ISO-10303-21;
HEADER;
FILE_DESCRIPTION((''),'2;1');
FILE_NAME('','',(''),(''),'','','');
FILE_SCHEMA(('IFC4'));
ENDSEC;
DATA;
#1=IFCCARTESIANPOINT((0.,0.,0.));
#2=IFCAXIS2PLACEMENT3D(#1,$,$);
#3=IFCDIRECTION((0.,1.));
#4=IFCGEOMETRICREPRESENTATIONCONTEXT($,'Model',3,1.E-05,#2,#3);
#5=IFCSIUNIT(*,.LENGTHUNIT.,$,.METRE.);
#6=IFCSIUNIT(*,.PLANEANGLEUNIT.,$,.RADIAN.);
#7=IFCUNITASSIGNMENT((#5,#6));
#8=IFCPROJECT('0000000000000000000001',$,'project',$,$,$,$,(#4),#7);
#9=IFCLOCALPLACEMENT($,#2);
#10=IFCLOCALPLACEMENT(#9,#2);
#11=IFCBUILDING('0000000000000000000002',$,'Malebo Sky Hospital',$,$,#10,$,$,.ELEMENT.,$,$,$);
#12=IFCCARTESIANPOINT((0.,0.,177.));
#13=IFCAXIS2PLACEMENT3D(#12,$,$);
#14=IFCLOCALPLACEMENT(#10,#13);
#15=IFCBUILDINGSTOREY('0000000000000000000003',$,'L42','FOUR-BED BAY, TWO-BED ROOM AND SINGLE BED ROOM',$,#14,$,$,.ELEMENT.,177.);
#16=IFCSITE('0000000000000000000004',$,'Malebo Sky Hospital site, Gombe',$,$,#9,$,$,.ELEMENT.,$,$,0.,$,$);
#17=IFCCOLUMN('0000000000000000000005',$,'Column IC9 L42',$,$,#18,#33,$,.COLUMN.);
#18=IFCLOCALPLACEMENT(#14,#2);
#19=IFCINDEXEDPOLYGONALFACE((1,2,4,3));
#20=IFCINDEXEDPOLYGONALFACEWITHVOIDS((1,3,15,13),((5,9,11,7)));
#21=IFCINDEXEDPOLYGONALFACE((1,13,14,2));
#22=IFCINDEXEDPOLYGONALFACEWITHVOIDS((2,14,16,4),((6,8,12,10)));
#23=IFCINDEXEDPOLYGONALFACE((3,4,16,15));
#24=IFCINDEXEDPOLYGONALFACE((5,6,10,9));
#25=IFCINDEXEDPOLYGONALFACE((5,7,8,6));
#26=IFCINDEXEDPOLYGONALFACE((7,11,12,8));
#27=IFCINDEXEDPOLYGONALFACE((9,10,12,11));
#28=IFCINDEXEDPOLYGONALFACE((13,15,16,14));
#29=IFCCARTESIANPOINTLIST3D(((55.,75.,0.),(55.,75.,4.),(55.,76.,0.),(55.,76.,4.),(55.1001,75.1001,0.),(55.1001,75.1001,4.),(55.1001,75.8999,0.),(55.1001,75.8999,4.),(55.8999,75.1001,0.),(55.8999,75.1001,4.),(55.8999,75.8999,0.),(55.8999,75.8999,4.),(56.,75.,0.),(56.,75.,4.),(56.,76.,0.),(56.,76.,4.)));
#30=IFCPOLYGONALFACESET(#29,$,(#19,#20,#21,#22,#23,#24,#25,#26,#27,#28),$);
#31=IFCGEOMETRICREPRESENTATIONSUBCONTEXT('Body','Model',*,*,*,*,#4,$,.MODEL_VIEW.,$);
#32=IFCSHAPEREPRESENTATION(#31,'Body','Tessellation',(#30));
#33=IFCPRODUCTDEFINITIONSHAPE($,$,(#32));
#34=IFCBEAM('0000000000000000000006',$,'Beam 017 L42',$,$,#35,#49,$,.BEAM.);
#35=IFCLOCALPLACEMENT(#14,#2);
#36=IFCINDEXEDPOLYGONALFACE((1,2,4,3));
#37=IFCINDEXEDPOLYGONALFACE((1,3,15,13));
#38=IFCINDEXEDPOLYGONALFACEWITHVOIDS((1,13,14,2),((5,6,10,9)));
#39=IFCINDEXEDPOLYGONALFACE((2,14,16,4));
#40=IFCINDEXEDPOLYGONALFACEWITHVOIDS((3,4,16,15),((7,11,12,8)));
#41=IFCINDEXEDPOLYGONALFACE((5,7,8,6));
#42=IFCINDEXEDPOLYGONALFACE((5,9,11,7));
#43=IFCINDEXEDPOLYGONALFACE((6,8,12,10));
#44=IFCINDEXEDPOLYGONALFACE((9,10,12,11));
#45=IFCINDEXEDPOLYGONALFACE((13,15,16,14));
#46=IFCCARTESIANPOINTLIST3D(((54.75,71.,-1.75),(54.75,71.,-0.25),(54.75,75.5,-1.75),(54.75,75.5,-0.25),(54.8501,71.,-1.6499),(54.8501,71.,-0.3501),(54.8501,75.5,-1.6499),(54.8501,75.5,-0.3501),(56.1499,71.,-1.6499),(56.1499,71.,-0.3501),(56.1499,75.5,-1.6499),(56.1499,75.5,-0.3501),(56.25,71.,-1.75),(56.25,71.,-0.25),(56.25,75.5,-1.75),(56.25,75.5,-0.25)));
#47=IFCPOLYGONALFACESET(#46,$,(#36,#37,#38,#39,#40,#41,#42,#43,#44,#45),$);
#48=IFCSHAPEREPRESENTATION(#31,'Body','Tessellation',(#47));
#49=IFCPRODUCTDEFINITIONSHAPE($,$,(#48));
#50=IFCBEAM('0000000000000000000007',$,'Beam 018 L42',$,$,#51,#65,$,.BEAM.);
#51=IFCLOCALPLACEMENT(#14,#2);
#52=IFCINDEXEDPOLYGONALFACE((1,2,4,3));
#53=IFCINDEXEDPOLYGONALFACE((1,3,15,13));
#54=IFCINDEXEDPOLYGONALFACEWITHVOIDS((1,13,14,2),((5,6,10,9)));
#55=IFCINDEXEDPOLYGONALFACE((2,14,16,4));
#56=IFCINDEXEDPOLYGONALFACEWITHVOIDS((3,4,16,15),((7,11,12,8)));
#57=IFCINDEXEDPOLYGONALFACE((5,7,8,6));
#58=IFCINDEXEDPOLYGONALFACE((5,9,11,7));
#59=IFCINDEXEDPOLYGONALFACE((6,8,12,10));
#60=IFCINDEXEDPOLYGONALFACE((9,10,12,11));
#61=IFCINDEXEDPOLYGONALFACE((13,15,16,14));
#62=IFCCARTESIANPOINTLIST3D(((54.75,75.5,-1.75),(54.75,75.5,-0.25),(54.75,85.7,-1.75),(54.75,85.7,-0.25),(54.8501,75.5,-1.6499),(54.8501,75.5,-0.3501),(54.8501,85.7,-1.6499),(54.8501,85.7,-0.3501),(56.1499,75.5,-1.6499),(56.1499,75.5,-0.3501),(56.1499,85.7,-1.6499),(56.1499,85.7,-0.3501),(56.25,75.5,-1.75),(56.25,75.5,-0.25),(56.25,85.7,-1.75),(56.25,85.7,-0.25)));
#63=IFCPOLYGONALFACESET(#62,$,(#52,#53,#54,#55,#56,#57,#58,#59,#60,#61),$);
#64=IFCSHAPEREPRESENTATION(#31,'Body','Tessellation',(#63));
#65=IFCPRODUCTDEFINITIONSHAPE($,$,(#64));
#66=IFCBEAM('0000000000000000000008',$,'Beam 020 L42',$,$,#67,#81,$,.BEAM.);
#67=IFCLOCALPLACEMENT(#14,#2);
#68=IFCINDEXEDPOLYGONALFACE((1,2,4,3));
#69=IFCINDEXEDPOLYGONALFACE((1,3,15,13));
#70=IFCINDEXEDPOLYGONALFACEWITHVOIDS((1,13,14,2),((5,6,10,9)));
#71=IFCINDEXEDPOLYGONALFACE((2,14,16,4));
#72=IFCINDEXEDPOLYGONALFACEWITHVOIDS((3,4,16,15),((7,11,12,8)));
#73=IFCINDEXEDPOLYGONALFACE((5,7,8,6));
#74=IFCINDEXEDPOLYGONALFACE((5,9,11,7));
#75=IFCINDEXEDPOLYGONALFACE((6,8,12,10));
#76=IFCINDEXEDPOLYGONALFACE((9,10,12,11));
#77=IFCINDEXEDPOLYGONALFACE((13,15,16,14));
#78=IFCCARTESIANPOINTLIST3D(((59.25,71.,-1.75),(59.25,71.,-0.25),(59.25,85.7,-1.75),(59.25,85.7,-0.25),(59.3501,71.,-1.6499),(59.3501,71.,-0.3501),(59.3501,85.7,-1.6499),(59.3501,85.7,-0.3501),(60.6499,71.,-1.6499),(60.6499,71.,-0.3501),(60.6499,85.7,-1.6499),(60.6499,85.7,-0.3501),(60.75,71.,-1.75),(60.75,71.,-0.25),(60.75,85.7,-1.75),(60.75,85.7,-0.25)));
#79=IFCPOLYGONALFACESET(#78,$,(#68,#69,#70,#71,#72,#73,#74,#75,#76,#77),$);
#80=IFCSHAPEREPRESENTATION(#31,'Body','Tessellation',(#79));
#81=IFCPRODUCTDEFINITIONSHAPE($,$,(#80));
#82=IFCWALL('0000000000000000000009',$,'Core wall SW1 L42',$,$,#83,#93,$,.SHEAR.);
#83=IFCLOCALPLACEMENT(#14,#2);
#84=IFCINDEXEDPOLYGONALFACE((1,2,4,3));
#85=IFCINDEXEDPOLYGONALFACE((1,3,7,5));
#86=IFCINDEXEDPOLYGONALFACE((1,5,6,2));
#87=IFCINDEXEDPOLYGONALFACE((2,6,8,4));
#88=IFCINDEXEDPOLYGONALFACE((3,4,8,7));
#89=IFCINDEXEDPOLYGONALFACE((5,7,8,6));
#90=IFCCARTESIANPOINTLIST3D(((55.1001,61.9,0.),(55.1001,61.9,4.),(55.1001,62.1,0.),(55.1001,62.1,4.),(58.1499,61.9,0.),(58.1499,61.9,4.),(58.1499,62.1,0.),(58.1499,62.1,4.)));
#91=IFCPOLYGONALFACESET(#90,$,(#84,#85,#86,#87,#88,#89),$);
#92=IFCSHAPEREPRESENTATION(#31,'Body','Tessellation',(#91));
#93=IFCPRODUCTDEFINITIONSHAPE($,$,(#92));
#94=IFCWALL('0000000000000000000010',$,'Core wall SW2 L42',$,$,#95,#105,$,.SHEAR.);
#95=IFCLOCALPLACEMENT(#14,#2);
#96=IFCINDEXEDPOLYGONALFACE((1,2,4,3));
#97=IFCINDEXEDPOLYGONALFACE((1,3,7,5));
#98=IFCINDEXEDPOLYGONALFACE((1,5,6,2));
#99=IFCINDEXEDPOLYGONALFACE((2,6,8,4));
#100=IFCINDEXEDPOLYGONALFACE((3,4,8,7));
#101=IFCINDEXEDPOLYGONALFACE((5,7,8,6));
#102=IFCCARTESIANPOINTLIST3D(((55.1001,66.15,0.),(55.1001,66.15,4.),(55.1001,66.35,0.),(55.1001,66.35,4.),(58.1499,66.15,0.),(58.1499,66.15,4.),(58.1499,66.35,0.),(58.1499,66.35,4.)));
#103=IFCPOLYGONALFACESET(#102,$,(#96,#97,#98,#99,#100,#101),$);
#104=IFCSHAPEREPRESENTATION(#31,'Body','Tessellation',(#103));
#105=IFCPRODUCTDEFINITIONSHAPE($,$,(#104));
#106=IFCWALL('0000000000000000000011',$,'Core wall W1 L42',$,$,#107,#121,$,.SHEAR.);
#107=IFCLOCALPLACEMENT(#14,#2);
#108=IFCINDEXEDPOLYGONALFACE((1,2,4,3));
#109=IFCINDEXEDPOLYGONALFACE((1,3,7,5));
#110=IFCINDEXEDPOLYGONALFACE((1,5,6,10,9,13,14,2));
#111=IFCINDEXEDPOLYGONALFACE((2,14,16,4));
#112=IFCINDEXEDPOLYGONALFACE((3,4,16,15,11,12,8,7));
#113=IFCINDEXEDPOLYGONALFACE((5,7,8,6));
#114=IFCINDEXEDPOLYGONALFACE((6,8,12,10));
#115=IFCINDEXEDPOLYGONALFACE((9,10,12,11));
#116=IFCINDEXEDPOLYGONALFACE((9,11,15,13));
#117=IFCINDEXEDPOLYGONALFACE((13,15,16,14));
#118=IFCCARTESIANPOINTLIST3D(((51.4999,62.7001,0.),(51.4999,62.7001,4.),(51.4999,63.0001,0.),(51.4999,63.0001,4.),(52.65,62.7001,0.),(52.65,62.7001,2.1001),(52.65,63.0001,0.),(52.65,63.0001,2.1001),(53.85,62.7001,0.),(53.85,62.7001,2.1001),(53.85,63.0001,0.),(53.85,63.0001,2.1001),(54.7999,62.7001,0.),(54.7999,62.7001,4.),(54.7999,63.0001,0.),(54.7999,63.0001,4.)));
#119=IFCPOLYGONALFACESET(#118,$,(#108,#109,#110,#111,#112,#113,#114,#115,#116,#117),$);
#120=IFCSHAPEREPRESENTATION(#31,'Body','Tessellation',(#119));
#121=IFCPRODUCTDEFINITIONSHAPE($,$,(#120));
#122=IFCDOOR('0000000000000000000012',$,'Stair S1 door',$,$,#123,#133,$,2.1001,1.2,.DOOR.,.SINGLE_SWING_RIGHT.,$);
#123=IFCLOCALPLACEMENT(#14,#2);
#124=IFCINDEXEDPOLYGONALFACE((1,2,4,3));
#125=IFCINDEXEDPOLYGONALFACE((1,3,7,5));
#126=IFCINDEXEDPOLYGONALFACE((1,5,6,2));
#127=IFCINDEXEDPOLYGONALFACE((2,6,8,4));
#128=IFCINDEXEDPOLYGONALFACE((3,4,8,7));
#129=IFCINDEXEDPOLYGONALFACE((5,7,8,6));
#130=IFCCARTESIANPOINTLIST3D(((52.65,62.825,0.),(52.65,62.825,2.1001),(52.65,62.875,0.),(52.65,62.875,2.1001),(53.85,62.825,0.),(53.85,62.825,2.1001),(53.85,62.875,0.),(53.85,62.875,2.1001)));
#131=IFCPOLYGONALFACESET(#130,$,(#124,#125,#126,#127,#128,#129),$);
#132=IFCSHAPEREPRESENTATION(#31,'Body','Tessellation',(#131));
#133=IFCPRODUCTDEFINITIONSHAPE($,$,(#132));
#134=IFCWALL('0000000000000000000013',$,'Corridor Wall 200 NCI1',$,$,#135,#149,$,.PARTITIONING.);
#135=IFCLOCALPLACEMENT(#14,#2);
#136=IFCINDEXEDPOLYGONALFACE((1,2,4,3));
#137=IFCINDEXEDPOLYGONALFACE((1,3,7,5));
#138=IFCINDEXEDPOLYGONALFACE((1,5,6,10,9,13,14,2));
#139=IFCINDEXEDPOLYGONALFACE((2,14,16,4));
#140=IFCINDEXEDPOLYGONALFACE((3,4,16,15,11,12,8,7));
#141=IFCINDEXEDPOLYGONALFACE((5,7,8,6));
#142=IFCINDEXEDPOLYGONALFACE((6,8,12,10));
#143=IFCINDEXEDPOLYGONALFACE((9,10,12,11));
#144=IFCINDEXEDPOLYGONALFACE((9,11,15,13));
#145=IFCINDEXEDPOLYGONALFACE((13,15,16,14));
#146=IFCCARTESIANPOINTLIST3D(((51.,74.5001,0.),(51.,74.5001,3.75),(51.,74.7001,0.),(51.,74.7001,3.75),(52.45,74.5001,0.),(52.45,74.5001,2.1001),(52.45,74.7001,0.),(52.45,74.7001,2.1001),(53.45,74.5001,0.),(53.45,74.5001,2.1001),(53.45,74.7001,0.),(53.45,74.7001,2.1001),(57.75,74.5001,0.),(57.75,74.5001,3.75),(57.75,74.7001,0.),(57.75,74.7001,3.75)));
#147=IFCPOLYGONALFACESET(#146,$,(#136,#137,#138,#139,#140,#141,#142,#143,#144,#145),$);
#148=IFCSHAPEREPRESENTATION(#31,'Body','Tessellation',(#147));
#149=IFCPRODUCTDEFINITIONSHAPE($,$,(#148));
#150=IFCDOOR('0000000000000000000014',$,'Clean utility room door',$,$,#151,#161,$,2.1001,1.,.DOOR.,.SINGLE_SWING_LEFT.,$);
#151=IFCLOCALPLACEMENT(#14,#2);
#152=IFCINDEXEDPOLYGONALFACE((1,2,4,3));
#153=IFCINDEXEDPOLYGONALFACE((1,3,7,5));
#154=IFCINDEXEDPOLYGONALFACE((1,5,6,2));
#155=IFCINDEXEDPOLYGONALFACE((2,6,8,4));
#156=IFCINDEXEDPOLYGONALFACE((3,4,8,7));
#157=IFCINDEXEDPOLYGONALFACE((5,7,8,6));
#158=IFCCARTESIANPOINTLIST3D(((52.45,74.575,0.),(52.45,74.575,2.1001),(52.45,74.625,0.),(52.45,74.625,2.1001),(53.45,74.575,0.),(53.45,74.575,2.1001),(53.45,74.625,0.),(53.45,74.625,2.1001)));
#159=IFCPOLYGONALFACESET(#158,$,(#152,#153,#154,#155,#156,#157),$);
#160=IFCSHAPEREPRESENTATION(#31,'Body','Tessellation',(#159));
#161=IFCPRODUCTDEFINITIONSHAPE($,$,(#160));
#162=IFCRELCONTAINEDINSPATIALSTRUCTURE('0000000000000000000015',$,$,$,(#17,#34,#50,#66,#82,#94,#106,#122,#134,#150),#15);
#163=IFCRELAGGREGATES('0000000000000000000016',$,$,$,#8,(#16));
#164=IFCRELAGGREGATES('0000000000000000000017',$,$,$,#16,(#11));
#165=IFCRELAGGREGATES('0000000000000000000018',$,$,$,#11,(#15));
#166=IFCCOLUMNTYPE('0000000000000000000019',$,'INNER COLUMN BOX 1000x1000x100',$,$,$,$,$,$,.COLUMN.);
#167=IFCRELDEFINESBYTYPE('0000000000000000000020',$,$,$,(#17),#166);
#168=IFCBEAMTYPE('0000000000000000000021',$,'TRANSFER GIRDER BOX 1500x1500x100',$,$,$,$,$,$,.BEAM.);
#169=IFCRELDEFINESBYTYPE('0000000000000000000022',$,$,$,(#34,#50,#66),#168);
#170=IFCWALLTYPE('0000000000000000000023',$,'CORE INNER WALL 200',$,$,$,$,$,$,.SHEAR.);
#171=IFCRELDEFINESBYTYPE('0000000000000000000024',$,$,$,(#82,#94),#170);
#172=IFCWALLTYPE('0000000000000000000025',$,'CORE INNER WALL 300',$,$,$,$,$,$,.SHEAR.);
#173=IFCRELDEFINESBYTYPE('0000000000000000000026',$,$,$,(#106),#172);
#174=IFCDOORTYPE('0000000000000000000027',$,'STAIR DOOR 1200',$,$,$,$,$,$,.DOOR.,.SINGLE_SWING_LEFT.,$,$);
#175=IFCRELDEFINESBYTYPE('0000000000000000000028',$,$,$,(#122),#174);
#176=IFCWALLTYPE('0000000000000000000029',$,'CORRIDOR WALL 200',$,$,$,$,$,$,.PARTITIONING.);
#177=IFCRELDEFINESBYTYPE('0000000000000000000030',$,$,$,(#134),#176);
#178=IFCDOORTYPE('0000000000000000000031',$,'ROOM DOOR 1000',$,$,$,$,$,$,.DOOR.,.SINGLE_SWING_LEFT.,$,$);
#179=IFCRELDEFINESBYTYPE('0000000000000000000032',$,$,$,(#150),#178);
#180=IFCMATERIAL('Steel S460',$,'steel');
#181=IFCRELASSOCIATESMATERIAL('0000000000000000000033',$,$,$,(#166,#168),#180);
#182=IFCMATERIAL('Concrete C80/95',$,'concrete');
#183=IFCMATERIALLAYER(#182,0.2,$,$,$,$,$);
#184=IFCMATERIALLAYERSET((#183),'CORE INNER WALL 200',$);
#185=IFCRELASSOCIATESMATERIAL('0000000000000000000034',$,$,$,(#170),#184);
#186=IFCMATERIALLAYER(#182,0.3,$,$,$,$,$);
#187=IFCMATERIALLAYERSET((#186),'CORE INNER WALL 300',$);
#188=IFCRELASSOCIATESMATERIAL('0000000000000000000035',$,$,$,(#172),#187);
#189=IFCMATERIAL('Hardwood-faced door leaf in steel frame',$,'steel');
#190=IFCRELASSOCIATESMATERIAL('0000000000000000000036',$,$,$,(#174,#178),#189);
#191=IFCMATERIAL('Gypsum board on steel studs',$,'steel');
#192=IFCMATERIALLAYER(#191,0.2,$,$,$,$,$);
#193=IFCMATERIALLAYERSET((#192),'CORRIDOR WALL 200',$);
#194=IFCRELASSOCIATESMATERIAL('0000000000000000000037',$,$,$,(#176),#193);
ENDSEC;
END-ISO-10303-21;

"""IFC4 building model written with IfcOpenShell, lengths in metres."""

from ifc_helpers import new_model, si_unit, direction, frame, frame_2d, origin, origin_2d, place, context, subcontext, project, spatial, rectangle, hollow_rectangle, extrude, material, layer, layer_set, material_profile, profile_set, type_object, element, fill, save


model = new_model("IFC4")

# Units and contexts
model_context = context("Model", 3, precision=1e-05, world=origin(), true_north=direction((0.0, 1.0)))
body_context = subcontext(model_context, "Body", "Model", "MODEL_VIEW")
ifc_project = project(units=[si_unit("LENGTHUNIT", "METRE"), si_unit("PLANEANGLEUNIT", "RADIAN")], contexts=[model_context])

# Site, building, storey
site_placement = place(None, origin())
site = spatial("IfcSite", under=ifc_project, at=site_placement, Name="Malebo Sky Hospital site, Gombe", CompositionType="ELEMENT", RefElevation=0.0)
building_placement = place(site_placement, origin())
building = spatial("IfcBuilding", under=site, at=building_placement, Name="Malebo Sky Hospital", CompositionType="ELEMENT")
storey_placement = place(building_placement, frame((0.0, 0.0, 177.0)))
storey = spatial("IfcBuildingStorey", under=building, at=storey_placement, Name="L42", Description="FOUR-BED BAY, TWO-BED ROOM AND SINGLE BED ROOM", CompositionType="ELEMENT", Elevation=177.0)

# Column
ifc_material_1 = material(Name="Steel S460", Category="steel")
ifc_material_profile_1 = material_profile(ifc_material_1, hollow_rectangle(XDim=1.0, YDim=1.0, WallThickness=0.1001, at=origin_2d()), Name="BOX 1000x1000x100")
ifc_profile_set_1 = profile_set([ifc_material_profile_1], Name="Steel S460")
column_type = type_object("IfcColumnType", Name="INNER COLUMN BOX 1000x1000x100", PredefinedType="COLUMN", material=ifc_profile_set_1)
column_placement = place(storey_placement, frame((55.5, 75.5, 0.0), z_axis=(0.0, 0.0, 1.0), x_axis=(1.0, 0.0, 0.0)))
element("IfcColumn", 1, at=column_placement, inside=storey, type_object=column_type, Name="Column IC9 L42", PredefinedType="COLUMN", context=body_context, shape_type="SweptSolid", body=[
    extrude(hollow_rectangle(XDim=1.0, YDim=1.0, WallThickness=0.1001, at=origin_2d()), origin(), (0.0, 0.0, 1.0), 4.0),
])

# Beams
ifc_material_profile_2 = material_profile(ifc_material_1, hollow_rectangle(XDim=1.5, YDim=1.5, WallThickness=0.1001, at=origin_2d()), Name="BOX 1500x1500x100")
ifc_profile_set_2 = profile_set([ifc_material_profile_2], Name="Steel S460")
beam_type = type_object("IfcBeamType", Name="TRANSFER GIRDER BOX 1500x1500x100", PredefinedType="BEAM", material=ifc_profile_set_2)
beam_1_placement = place(storey_placement, frame((55.5, 71.0, -1.0), z_axis=(0.0, 1.0, 0.0), x_axis=(-1.0, 0.0, 0.0)))
element("IfcBeam", 2, at=beam_1_placement, inside=storey, type_object=beam_type, Name="Beam 017 L42", PredefinedType="BEAM", context=body_context, shape_type="SweptSolid", body=[
    extrude(hollow_rectangle(XDim=1.5, YDim=1.5, WallThickness=0.1001, at=origin_2d()), origin(), (0.0, 0.0, 1.0), 4.5),
])
beam_2_placement = place(storey_placement, frame((55.5, 75.5, -1.0), z_axis=(0.0, 1.0, 0.0), x_axis=(-1.0, 0.0, 0.0)))
element("IfcBeam", 3, at=beam_2_placement, inside=storey, type_object=beam_type, Name="Beam 018 L42", PredefinedType="BEAM", context=body_context, shape_type="SweptSolid", body=[
    extrude(hollow_rectangle(XDim=1.5, YDim=1.5, WallThickness=0.1001, at=origin_2d()), origin(), (0.0, 0.0, 1.0), 10.2),
])
beam_3_placement = place(storey_placement, frame((60.0, 71.0, -1.0), z_axis=(0.0, 1.0, 0.0), x_axis=(-1.0, 0.0, 0.0)))
element("IfcBeam", 4, at=beam_3_placement, inside=storey, type_object=beam_type, Name="Beam 020 L42", PredefinedType="BEAM", context=body_context, shape_type="SweptSolid", body=[
    extrude(hollow_rectangle(XDim=1.5, YDim=1.5, WallThickness=0.1001, at=origin_2d()), origin(), (0.0, 0.0, 1.0), 14.7),
])

# Walls
ifc_material_2 = material(Name="Concrete C80/95", Category="concrete")
ifc_layer_1 = layer(ifc_material_2, 0.2)
ifc_layer_set_1 = layer_set([ifc_layer_1], Name="CORE INNER WALL 200")
wall_type_1 = type_object("IfcWallType", Name="CORE INNER WALL 200", PredefinedType="SHEAR", material=ifc_layer_set_1)
for number, where, z_axis, x_axis, name in (
    (5, (55.1001, 62.0, 0.0), (0.0, 0.0, 1.0), (1.0, 0.0, 0.0), "Core wall SW1 L42"),
    (6, (55.1001, 66.25, 0.0), (0.0, 0.0, 1.0), (1.0, 0.0, 0.0), "Core wall SW2 L42"),
):
    element("IfcWall", number, at=place(storey_placement, frame(where, z_axis=z_axis, x_axis=x_axis)), inside=storey, type_object=wall_type_1, Name=name, PredefinedType="SHEAR", context=body_context, shape_type="SweptSolid", body=[
        extrude(rectangle(XDim=3.0498, YDim=0.2, at=frame_2d((1.5249, 0.0))), origin(), (0.0, 0.0, 1.0), 4.0),
    ])

# Walls, openings, doors
ifc_layer_2 = layer(ifc_material_2, 0.3)
ifc_layer_set_2 = layer_set([ifc_layer_2], Name="CORE INNER WALL 300")
wall_type_2 = type_object("IfcWallType", Name="CORE INNER WALL 300", PredefinedType="SHEAR", material=ifc_layer_set_2)
wall_1_placement = place(storey_placement, frame((51.5, 62.8501, 0.0), z_axis=(0.0, 0.0, 1.0), x_axis=(1.0, 0.0, 0.0)))
wall_1 = element("IfcWall", 7, at=wall_1_placement, inside=storey, type_object=wall_type_2, Name="Core wall W1 L42", PredefinedType="SHEAR", context=body_context, shape_type="SweptSolid", body=[
    extrude(rectangle(XDim=3.3, YDim=0.3, at=frame_2d((1.6499, 0.0))), origin(), (0.0, 0.0, 1.0), 4.0),
])
opening_1_placement = place(wall_1_placement, frame((1.1499, 0.0, 0.0)))
opening_1 = element("IfcOpeningElement", 8, at=opening_1_placement, cuts=wall_1, PredefinedType="OPENING", context=body_context, shape_type="SweptSolid", body=[
    extrude(rectangle(XDim=1.2, YDim=2.1001, at=frame_2d((0.6001, 1.05))), frame((0.0, 0.1599, 0.0), z_axis=(0.0, -1.0, 0.0), x_axis=(1.0, 0.0, 0.0)), (0.0, 0.0, 1.0), 0.3201),
])
ifc_material_3 = material(Name="Hardwood-faced door leaf in steel frame", Category="steel")
door_type_1 = type_object("IfcDoorType", Name="STAIR DOOR 1200", OperationType="SINGLE_SWING_LEFT", PredefinedType="DOOR", material=ifc_material_3)
door_1_placement = place(opening_1_placement, origin())
door_1 = element("IfcDoor", 9, at=door_1_placement, inside=storey, type_object=door_type_1, Name="Stair S1 door", OperationType="SINGLE_SWING_RIGHT", OverallHeight=2.1001, OverallWidth=1.2, PredefinedType="DOOR", context=body_context, shape_type="SweptSolid", body=[
    extrude(rectangle(XDim=1.2, YDim=2.1001, at=frame_2d((0.6001, 1.05))), frame((0.0, 0.0249, 0.0), z_axis=(0.0, -1.0, 0.0), x_axis=(1.0, 0.0, 0.0)), (0.0, 0.0, 1.0), 0.05),
])
fill(opening_1, door_1)
ifc_material_4 = material(Name="Gypsum board on steel studs", Category="steel")
ifc_layer_3 = layer(ifc_material_4, 0.2)
ifc_layer_set_3 = layer_set([ifc_layer_3], Name="CORRIDOR WALL 200")
wall_type_3 = type_object("IfcWallType", Name="CORRIDOR WALL 200", PredefinedType="PARTITIONING", material=ifc_layer_set_3)
wall_2_placement = place(storey_placement, frame((51.0, 74.6001, 0.0), z_axis=(0.0, 0.0, 1.0), x_axis=(1.0, 0.0, 0.0)))
wall_2 = element("IfcWall", 10, at=wall_2_placement, inside=storey, type_object=wall_type_3, Name="Corridor Wall 200 NCI1", PredefinedType="PARTITIONING", context=body_context, shape_type="SweptSolid", body=[
    extrude(rectangle(XDim=6.75, YDim=0.2, at=frame_2d((3.375, 0.0))), origin(), (0.0, 0.0, 1.0), 3.75),
])
opening_2_placement = place(wall_2_placement, frame((1.45, 0.0, 0.0)))
opening_2 = element("IfcOpeningElement", 11, at=opening_2_placement, cuts=wall_2, PredefinedType="OPENING", context=body_context, shape_type="SweptSolid", body=[
    extrude(rectangle(XDim=1.0, YDim=2.1001, at=frame_2d((0.5, 1.05))), frame((0.0, 0.1099, 0.0), z_axis=(0.0, -1.0, 0.0), x_axis=(1.0, 0.0, 0.0)), (0.0, 0.0, 1.0), 0.22),
])
door_type_2 = type_object("IfcDoorType", Name="ROOM DOOR 1000", OperationType="SINGLE_SWING_LEFT", PredefinedType="DOOR", material=ifc_material_3)
door_2_placement = place(opening_2_placement, origin())
door_2 = element("IfcDoor", 12, at=door_2_placement, inside=storey, type_object=door_type_2, Name="Clean utility room door", OperationType="SINGLE_SWING_LEFT", OverallHeight=2.1001, OverallWidth=1.0, PredefinedType="DOOR", context=body_context, shape_type="SweptSolid", body=[
    extrude(rectangle(XDim=1.0, YDim=2.1001, at=frame_2d((0.5, 1.05))), frame((0.0, 0.0249, 0.0), z_axis=(0.0, -1.0, 0.0), x_axis=(1.0, 0.0, 0.0)), (0.0, 0.0, 1.0), 0.05),
])
fill(opening_2, door_2)

save(model, "model.ifc")
